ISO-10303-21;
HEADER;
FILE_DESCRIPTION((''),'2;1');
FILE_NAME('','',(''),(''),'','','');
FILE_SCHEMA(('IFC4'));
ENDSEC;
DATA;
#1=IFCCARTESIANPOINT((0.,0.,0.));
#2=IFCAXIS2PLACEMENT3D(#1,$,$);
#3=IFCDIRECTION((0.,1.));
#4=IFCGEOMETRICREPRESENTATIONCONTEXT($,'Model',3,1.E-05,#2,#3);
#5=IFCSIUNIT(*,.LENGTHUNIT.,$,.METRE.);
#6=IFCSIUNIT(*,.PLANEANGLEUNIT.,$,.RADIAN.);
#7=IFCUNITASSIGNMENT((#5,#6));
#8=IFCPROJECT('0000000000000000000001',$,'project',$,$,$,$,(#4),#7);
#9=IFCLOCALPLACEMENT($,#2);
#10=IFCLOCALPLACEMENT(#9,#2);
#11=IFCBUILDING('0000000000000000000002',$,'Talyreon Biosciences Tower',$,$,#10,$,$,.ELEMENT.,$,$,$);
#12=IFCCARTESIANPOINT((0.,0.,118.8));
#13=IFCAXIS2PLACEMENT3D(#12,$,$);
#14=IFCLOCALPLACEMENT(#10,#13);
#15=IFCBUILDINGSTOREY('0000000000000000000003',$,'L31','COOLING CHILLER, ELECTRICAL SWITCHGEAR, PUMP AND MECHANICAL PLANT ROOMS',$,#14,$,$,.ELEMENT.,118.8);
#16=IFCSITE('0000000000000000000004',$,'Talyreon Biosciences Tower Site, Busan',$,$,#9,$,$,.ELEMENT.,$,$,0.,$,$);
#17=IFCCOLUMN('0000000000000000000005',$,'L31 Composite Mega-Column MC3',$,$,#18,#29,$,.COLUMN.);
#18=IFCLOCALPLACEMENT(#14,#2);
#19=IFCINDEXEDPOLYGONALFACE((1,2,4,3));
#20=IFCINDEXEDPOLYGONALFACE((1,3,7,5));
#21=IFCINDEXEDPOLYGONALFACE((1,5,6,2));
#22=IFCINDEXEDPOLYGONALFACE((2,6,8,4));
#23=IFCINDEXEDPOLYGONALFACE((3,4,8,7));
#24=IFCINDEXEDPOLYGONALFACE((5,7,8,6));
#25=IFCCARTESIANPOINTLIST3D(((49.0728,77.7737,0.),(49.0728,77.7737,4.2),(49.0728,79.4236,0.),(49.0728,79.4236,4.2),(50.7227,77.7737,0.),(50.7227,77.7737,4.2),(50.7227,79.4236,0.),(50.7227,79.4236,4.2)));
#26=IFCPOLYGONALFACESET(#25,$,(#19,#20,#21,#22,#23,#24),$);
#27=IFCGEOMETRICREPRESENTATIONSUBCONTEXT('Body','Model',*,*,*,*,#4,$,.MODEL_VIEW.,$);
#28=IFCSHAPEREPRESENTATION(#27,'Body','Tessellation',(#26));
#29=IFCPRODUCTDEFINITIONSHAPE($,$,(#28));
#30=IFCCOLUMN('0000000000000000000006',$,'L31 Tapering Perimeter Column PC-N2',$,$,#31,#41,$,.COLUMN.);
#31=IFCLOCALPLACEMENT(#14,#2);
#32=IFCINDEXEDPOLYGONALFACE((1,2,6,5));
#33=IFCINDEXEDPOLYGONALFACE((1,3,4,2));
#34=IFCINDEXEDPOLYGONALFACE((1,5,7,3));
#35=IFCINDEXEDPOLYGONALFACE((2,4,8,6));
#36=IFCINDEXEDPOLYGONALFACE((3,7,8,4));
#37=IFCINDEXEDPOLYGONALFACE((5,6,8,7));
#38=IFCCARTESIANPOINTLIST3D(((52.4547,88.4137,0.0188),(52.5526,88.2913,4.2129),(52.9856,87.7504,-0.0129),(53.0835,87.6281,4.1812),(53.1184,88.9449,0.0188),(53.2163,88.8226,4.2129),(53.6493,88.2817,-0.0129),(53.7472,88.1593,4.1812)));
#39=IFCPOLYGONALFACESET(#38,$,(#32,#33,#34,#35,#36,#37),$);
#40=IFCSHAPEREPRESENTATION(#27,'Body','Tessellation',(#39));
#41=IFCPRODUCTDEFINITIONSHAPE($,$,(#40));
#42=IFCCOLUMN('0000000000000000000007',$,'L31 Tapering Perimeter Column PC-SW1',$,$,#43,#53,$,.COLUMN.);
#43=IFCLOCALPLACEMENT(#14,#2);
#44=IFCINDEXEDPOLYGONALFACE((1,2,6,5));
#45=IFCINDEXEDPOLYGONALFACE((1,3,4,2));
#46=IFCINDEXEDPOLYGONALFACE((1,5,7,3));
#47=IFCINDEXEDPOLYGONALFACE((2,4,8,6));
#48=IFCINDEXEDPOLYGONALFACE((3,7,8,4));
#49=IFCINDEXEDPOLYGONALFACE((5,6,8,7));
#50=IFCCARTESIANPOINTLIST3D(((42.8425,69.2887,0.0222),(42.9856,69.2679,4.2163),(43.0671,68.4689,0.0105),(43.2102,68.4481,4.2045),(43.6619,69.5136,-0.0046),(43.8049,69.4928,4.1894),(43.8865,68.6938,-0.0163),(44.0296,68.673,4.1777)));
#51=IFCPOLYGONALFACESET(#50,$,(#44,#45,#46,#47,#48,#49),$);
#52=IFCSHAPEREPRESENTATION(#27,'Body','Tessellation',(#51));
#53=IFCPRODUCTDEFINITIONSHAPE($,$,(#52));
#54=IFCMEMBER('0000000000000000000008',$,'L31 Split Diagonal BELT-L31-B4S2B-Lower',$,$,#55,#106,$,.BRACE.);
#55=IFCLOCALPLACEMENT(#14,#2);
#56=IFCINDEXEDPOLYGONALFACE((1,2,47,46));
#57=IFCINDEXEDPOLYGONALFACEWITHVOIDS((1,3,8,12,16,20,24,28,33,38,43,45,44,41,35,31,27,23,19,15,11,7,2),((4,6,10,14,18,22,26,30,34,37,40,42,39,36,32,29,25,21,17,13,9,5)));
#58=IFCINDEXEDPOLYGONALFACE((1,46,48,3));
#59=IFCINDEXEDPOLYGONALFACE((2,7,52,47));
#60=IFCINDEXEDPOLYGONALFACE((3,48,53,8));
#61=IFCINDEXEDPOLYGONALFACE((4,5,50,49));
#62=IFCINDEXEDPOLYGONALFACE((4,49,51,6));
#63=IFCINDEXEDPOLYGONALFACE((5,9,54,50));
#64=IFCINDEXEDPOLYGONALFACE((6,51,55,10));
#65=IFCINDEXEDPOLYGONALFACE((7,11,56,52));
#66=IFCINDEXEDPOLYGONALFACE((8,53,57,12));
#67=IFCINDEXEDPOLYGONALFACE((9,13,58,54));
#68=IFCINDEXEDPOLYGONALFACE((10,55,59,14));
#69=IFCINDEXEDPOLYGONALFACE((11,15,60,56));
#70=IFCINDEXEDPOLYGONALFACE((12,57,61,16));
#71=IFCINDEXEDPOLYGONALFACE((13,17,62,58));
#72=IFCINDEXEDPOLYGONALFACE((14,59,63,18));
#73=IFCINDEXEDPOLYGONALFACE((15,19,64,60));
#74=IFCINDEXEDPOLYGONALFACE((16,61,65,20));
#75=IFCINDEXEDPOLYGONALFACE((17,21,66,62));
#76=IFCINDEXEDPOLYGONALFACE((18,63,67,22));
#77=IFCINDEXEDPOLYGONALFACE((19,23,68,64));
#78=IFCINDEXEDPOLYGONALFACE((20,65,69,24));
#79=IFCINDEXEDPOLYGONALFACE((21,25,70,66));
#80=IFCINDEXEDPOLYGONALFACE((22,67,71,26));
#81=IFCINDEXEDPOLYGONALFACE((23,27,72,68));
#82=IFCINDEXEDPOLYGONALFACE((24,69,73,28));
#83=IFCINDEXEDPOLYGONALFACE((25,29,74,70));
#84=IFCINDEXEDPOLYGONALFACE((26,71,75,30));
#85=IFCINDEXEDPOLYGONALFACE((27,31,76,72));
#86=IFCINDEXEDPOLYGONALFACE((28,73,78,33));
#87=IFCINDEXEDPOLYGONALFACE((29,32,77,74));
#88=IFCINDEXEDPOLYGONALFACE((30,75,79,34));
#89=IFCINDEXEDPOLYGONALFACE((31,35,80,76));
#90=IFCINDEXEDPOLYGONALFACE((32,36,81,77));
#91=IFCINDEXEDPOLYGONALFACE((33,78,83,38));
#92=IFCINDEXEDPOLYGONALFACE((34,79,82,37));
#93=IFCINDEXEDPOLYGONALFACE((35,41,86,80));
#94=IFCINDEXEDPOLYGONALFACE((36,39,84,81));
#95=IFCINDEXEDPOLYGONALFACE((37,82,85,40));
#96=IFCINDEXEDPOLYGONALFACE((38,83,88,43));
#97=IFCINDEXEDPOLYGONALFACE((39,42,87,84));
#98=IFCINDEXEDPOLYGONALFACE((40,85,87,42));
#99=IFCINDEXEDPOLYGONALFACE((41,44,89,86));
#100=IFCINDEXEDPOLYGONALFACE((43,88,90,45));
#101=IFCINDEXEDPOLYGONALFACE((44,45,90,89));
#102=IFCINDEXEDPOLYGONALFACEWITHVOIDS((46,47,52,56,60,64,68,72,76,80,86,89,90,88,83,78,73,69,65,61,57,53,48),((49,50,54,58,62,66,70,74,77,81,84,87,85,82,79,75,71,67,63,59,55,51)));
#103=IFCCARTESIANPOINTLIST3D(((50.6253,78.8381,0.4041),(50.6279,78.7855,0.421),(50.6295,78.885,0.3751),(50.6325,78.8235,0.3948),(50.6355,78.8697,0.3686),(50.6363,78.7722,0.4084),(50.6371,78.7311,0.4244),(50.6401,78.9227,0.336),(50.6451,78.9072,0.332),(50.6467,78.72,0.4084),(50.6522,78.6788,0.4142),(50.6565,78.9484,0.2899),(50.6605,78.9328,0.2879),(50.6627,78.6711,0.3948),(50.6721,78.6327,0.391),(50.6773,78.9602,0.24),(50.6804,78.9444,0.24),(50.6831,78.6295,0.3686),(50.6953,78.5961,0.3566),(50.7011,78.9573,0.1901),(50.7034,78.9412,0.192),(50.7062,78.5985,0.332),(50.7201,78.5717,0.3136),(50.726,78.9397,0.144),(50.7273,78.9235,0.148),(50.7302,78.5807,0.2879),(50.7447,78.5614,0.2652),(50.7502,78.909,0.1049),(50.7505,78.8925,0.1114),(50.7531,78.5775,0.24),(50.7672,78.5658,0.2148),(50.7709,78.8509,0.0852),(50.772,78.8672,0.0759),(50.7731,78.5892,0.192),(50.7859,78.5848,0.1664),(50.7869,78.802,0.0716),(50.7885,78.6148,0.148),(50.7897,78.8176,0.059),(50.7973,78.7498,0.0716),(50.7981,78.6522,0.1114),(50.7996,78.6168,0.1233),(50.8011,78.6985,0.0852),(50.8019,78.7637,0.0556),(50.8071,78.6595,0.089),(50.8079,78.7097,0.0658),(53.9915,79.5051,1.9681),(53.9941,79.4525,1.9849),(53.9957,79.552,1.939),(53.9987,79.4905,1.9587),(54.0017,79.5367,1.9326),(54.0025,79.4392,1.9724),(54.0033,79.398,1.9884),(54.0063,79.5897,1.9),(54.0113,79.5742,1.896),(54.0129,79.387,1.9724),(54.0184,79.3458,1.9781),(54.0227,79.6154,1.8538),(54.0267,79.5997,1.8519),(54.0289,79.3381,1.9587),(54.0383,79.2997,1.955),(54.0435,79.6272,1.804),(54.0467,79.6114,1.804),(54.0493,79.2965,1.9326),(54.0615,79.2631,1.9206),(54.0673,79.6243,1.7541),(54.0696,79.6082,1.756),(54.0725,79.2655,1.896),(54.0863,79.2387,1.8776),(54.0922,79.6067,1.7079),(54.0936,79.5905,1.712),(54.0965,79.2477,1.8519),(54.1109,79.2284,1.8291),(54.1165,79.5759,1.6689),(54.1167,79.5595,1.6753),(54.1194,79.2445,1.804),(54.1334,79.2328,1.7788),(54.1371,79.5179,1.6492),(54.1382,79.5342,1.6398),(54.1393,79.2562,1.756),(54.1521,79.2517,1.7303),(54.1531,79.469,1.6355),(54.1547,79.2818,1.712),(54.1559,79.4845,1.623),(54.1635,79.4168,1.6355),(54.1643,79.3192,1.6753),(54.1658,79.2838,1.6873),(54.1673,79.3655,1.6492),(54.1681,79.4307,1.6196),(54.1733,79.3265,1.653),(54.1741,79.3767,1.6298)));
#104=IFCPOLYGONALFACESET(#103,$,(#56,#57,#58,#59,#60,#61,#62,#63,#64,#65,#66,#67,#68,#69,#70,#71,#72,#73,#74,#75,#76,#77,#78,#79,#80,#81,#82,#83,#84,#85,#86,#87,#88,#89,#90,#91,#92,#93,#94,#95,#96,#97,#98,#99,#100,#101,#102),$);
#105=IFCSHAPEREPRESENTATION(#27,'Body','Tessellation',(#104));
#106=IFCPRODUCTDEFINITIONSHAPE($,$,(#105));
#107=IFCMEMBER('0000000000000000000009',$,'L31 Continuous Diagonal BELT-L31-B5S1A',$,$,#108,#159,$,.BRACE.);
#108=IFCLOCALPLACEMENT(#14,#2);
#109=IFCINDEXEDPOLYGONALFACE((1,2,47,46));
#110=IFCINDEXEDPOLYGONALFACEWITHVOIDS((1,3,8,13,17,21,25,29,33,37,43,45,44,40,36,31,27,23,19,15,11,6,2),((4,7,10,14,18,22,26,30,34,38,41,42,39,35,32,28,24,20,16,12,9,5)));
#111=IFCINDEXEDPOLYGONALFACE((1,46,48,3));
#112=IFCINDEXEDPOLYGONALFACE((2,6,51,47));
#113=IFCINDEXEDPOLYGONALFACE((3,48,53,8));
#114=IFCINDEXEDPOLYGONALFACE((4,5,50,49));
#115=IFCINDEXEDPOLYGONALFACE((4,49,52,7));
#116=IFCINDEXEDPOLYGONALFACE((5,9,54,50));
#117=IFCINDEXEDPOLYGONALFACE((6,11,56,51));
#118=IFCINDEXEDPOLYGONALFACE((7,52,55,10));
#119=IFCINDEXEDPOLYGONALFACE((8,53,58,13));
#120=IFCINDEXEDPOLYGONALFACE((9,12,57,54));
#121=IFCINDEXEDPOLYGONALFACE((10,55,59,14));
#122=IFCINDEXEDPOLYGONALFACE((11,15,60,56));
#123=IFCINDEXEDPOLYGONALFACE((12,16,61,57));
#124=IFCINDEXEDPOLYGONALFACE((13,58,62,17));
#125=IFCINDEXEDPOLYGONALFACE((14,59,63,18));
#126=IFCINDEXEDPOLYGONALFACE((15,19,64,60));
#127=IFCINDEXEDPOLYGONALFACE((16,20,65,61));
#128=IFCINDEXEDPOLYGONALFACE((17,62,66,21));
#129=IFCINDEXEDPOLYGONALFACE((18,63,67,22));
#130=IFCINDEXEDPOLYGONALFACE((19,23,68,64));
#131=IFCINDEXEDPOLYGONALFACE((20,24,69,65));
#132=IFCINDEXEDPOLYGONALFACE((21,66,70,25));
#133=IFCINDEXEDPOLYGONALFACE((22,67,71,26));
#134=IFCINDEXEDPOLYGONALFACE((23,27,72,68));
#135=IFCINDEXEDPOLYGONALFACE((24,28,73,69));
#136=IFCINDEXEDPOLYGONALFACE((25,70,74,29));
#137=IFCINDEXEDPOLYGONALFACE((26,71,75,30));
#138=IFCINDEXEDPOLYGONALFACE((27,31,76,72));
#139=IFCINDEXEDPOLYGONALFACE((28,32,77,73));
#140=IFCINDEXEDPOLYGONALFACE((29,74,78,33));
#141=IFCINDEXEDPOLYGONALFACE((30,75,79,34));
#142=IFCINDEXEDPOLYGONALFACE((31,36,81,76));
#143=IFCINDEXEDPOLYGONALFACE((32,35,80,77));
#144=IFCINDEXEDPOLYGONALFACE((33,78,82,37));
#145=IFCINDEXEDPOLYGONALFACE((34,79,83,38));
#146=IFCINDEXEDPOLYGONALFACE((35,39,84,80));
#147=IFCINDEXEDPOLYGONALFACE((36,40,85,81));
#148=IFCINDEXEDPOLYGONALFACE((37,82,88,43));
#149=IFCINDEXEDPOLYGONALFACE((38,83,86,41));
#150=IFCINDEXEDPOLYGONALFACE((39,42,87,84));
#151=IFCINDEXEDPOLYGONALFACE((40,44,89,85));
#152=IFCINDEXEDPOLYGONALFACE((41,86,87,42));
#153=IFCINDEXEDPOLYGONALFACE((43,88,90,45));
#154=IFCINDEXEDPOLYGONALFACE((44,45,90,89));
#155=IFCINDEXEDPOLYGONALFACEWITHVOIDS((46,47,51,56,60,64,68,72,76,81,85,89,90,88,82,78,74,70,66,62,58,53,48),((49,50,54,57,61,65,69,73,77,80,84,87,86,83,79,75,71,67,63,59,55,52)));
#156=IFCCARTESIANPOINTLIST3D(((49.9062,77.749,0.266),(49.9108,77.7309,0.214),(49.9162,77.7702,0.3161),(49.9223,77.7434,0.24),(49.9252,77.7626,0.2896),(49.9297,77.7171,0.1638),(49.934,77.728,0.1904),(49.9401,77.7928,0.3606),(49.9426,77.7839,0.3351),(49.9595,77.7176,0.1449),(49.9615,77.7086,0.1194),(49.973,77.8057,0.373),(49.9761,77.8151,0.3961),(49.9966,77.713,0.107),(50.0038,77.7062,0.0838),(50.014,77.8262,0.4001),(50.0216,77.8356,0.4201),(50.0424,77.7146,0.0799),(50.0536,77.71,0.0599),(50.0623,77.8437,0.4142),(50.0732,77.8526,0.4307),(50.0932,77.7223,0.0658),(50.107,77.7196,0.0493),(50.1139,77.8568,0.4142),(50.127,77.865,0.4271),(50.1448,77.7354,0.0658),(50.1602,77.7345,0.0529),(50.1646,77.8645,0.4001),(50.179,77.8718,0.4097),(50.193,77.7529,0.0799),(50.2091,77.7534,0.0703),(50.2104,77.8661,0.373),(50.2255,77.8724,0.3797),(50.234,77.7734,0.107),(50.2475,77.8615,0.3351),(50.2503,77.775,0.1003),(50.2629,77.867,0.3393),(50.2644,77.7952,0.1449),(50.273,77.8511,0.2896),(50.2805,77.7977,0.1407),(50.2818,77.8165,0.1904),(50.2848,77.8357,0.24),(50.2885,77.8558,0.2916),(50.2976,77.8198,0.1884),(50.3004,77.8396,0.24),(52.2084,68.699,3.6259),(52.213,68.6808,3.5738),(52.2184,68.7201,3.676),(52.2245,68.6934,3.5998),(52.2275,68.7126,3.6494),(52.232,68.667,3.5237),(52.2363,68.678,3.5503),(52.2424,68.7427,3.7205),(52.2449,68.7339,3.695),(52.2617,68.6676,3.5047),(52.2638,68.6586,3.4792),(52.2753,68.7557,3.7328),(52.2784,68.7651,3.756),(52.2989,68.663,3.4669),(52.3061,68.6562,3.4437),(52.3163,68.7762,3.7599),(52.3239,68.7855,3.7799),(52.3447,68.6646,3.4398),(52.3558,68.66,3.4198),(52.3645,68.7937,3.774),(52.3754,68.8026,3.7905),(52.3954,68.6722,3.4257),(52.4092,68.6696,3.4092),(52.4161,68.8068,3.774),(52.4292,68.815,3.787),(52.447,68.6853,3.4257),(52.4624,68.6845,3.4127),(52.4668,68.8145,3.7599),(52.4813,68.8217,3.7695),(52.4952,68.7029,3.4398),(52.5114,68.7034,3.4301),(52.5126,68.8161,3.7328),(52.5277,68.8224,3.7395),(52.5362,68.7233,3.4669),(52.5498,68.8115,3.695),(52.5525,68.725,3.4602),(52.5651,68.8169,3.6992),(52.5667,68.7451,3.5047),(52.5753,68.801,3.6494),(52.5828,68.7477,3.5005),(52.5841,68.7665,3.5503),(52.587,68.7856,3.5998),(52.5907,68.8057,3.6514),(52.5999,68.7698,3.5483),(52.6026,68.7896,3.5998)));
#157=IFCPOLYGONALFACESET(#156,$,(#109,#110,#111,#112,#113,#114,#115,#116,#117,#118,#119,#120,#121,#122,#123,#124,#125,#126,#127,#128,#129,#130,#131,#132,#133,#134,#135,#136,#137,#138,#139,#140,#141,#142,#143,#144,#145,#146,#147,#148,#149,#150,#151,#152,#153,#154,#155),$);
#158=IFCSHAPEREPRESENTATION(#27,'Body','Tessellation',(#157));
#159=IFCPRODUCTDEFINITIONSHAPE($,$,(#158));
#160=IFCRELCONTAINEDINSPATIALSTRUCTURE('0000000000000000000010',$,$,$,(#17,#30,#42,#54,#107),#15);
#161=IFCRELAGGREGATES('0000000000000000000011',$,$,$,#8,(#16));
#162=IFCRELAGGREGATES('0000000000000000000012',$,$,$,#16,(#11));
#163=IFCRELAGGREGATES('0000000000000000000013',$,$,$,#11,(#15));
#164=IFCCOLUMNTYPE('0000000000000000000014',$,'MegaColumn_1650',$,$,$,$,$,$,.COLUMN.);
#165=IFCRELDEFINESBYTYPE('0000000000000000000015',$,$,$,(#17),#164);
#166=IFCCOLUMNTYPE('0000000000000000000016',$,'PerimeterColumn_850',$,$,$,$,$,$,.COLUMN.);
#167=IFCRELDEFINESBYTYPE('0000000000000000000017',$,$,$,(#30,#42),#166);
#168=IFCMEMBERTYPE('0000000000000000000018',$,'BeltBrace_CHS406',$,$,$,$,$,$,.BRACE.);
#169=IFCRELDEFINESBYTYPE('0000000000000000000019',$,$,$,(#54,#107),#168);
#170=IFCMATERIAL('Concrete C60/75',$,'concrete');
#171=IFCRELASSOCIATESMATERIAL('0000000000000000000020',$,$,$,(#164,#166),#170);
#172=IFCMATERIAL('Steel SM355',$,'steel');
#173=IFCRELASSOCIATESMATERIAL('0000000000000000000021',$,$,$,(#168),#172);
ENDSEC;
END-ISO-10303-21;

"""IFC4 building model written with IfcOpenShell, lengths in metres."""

from ifc_helpers import new_model, si_unit, direction, frame, origin, origin_2d, place, context, subcontext, project, spatial, rectangle, hollow_circle, extrude, material, material_profile, profile_set, type_object, element, save


model = new_model("IFC4")

# Units and contexts
model_context = context("Model", 3, precision=1e-05, world=origin(), true_north=direction((0.0, 1.0)))
body_context = subcontext(model_context, "Body", "Model", "MODEL_VIEW")
ifc_project = project(units=[si_unit("LENGTHUNIT", "METRE"), si_unit("PLANEANGLEUNIT", "RADIAN")], contexts=[model_context])

# Site, building, storey
site_placement = place(None, origin())
site = spatial("IfcSite", under=ifc_project, at=site_placement, Name="Talyreon Biosciences Tower Site, Busan", CompositionType="ELEMENT", RefElevation=0.0)
building_placement = place(site_placement, origin())
building = spatial("IfcBuilding", under=site, at=building_placement, Name="Talyreon Biosciences Tower", CompositionType="ELEMENT")
storey_placement = place(building_placement, frame((0.0, 0.0, 118.8)))
storey = spatial("IfcBuildingStorey", under=building, at=storey_placement, Name="L31", Description="COOLING CHILLER, ELECTRICAL SWITCHGEAR, PUMP AND MECHANICAL PLANT ROOMS", CompositionType="ELEMENT", Elevation=118.8)

# Columns
ifc_material_1 = material(Name="Concrete C60/75", Category="concrete")
ifc_material_profile_1 = material_profile(ifc_material_1, rectangle(XDim=1.6499, YDim=1.6499, at=origin_2d()), Name="RC 1650x1650")
ifc_profile_set_1 = profile_set([ifc_material_profile_1], Name="Concrete C60/75")
column_type_1 = type_object("IfcColumnType", Name="MegaColumn_1650", PredefinedType="COLUMN", material=ifc_profile_set_1)
column_1_placement = place(storey_placement, frame((49.8977, 78.5986, 0.0), z_axis=(0.0, 0.0, 1.0), x_axis=(1.0, 0.0, 0.0)))
element("IfcColumn", 1, at=column_1_placement, inside=storey, type_object=column_type_1, Name="L31 Composite Mega-Column MC3", PredefinedType="COLUMN", context=body_context, shape_type="SweptSolid", body=[
    extrude(rectangle(XDim=1.6499, YDim=1.6499, at=origin_2d()), origin(), (0.0, 0.0, 1.0), 4.2),
])
ifc_material_profile_2 = material_profile(ifc_material_1, rectangle(XDim=0.8501, YDim=0.8501, at=origin_2d()), Name="RC 850x850")
ifc_profile_set_2 = profile_set([ifc_material_profile_2], Name="Concrete C60/75")
column_type_2 = type_object("IfcColumnType", Name="PerimeterColumn_850", PredefinedType="COLUMN", material=ifc_profile_set_2)
column_2_placement = place(storey_placement, frame((53.052, 88.3477, 0.0029), z_axis=(0.023326, -0.029143, 0.999303), x_axis=(-0.780717, -0.624885, 0.0)))
element("IfcColumn", 2, at=column_2_placement, inside=storey, type_object=column_type_2, Name="L31 Tapering Perimeter Column PC-N2", PredefinedType="COLUMN", context=body_context, shape_type="SweptSolid", body=[
    extrude(rectangle(XDim=0.8501, YDim=0.8501, at=origin_2d()), origin(), (0.0, 0.0, 1.0), 4.197),
])
column_3_placement = place(storey_placement, frame((43.3645, 68.9912, 0.0029), z_axis=(0.034091, -0.004945, 0.999406), x_axis=(0.963854, 0.264553, -0.031569)))
element("IfcColumn", 3, at=column_3_placement, inside=storey, type_object=column_type_2, Name="L31 Tapering Perimeter Column PC-SW1", PredefinedType="COLUMN", context=body_context, shape_type="SweptSolid", body=[
    extrude(rectangle(XDim=0.8501, YDim=0.8501, at=origin_2d()), origin(), (0.0, 0.0, 1.0), 4.1965),
])

# Members
ifc_material_2 = material(Name="Steel SM355", Category="steel")
ifc_material_profile_3 = material_profile(ifc_material_2, hollow_circle(Radius=0.2031, WallThickness=0.0161, at=origin_2d()), Name="CHS 406.4x16")
ifc_profile_set_3 = profile_set([ifc_material_profile_3], Name="Steel SM355")
member_type_1 = type_object("IfcMemberType", Name="BeltBrace_CHS406", PredefinedType="BRACE", material=ifc_profile_set_3)
member_1_placement = place(storey_placement, frame((50.7168, 78.761, 0.24), z_axis=(0.892601, 0.176863, 0.414709), x_axis=(-0.194365, 0.980929, 0.0)))
element("IfcMember", 4, at=member_1_placement, inside=storey, type_object=member_type_1, Name="L31 Split Diagonal BELT-L31-B4S2B-Lower", PredefinedType="BRACE", context=body_context, shape_type="SweptSolid", body=[
    extrude(hollow_circle(Radius=0.2031, WallThickness=0.0161, at=origin_2d()), origin(), (0.0, 0.0, 1.0), 3.7712),
])
member_2_placement = place(storey_placement, frame((50.1035, 77.7896, 0.24), z_axis=(0.23198, -0.911905, 0.338548), x_axis=(0.969133, 0.246538, 0.0)))
element("IfcMember", 5, at=member_2_placement, inside=storey, type_object=member_type_1, Name="L31 Continuous Diagonal BELT-L31-B5S1A", PredefinedType="BRACE", context=body_context, shape_type="SweptSolid", body=[
    extrude(hollow_circle(Radius=0.2031, WallThickness=0.0161, at=origin_2d()), origin(), (0.0, 0.0, 1.0), 9.9243),
])

save(model, "model.ifc")
